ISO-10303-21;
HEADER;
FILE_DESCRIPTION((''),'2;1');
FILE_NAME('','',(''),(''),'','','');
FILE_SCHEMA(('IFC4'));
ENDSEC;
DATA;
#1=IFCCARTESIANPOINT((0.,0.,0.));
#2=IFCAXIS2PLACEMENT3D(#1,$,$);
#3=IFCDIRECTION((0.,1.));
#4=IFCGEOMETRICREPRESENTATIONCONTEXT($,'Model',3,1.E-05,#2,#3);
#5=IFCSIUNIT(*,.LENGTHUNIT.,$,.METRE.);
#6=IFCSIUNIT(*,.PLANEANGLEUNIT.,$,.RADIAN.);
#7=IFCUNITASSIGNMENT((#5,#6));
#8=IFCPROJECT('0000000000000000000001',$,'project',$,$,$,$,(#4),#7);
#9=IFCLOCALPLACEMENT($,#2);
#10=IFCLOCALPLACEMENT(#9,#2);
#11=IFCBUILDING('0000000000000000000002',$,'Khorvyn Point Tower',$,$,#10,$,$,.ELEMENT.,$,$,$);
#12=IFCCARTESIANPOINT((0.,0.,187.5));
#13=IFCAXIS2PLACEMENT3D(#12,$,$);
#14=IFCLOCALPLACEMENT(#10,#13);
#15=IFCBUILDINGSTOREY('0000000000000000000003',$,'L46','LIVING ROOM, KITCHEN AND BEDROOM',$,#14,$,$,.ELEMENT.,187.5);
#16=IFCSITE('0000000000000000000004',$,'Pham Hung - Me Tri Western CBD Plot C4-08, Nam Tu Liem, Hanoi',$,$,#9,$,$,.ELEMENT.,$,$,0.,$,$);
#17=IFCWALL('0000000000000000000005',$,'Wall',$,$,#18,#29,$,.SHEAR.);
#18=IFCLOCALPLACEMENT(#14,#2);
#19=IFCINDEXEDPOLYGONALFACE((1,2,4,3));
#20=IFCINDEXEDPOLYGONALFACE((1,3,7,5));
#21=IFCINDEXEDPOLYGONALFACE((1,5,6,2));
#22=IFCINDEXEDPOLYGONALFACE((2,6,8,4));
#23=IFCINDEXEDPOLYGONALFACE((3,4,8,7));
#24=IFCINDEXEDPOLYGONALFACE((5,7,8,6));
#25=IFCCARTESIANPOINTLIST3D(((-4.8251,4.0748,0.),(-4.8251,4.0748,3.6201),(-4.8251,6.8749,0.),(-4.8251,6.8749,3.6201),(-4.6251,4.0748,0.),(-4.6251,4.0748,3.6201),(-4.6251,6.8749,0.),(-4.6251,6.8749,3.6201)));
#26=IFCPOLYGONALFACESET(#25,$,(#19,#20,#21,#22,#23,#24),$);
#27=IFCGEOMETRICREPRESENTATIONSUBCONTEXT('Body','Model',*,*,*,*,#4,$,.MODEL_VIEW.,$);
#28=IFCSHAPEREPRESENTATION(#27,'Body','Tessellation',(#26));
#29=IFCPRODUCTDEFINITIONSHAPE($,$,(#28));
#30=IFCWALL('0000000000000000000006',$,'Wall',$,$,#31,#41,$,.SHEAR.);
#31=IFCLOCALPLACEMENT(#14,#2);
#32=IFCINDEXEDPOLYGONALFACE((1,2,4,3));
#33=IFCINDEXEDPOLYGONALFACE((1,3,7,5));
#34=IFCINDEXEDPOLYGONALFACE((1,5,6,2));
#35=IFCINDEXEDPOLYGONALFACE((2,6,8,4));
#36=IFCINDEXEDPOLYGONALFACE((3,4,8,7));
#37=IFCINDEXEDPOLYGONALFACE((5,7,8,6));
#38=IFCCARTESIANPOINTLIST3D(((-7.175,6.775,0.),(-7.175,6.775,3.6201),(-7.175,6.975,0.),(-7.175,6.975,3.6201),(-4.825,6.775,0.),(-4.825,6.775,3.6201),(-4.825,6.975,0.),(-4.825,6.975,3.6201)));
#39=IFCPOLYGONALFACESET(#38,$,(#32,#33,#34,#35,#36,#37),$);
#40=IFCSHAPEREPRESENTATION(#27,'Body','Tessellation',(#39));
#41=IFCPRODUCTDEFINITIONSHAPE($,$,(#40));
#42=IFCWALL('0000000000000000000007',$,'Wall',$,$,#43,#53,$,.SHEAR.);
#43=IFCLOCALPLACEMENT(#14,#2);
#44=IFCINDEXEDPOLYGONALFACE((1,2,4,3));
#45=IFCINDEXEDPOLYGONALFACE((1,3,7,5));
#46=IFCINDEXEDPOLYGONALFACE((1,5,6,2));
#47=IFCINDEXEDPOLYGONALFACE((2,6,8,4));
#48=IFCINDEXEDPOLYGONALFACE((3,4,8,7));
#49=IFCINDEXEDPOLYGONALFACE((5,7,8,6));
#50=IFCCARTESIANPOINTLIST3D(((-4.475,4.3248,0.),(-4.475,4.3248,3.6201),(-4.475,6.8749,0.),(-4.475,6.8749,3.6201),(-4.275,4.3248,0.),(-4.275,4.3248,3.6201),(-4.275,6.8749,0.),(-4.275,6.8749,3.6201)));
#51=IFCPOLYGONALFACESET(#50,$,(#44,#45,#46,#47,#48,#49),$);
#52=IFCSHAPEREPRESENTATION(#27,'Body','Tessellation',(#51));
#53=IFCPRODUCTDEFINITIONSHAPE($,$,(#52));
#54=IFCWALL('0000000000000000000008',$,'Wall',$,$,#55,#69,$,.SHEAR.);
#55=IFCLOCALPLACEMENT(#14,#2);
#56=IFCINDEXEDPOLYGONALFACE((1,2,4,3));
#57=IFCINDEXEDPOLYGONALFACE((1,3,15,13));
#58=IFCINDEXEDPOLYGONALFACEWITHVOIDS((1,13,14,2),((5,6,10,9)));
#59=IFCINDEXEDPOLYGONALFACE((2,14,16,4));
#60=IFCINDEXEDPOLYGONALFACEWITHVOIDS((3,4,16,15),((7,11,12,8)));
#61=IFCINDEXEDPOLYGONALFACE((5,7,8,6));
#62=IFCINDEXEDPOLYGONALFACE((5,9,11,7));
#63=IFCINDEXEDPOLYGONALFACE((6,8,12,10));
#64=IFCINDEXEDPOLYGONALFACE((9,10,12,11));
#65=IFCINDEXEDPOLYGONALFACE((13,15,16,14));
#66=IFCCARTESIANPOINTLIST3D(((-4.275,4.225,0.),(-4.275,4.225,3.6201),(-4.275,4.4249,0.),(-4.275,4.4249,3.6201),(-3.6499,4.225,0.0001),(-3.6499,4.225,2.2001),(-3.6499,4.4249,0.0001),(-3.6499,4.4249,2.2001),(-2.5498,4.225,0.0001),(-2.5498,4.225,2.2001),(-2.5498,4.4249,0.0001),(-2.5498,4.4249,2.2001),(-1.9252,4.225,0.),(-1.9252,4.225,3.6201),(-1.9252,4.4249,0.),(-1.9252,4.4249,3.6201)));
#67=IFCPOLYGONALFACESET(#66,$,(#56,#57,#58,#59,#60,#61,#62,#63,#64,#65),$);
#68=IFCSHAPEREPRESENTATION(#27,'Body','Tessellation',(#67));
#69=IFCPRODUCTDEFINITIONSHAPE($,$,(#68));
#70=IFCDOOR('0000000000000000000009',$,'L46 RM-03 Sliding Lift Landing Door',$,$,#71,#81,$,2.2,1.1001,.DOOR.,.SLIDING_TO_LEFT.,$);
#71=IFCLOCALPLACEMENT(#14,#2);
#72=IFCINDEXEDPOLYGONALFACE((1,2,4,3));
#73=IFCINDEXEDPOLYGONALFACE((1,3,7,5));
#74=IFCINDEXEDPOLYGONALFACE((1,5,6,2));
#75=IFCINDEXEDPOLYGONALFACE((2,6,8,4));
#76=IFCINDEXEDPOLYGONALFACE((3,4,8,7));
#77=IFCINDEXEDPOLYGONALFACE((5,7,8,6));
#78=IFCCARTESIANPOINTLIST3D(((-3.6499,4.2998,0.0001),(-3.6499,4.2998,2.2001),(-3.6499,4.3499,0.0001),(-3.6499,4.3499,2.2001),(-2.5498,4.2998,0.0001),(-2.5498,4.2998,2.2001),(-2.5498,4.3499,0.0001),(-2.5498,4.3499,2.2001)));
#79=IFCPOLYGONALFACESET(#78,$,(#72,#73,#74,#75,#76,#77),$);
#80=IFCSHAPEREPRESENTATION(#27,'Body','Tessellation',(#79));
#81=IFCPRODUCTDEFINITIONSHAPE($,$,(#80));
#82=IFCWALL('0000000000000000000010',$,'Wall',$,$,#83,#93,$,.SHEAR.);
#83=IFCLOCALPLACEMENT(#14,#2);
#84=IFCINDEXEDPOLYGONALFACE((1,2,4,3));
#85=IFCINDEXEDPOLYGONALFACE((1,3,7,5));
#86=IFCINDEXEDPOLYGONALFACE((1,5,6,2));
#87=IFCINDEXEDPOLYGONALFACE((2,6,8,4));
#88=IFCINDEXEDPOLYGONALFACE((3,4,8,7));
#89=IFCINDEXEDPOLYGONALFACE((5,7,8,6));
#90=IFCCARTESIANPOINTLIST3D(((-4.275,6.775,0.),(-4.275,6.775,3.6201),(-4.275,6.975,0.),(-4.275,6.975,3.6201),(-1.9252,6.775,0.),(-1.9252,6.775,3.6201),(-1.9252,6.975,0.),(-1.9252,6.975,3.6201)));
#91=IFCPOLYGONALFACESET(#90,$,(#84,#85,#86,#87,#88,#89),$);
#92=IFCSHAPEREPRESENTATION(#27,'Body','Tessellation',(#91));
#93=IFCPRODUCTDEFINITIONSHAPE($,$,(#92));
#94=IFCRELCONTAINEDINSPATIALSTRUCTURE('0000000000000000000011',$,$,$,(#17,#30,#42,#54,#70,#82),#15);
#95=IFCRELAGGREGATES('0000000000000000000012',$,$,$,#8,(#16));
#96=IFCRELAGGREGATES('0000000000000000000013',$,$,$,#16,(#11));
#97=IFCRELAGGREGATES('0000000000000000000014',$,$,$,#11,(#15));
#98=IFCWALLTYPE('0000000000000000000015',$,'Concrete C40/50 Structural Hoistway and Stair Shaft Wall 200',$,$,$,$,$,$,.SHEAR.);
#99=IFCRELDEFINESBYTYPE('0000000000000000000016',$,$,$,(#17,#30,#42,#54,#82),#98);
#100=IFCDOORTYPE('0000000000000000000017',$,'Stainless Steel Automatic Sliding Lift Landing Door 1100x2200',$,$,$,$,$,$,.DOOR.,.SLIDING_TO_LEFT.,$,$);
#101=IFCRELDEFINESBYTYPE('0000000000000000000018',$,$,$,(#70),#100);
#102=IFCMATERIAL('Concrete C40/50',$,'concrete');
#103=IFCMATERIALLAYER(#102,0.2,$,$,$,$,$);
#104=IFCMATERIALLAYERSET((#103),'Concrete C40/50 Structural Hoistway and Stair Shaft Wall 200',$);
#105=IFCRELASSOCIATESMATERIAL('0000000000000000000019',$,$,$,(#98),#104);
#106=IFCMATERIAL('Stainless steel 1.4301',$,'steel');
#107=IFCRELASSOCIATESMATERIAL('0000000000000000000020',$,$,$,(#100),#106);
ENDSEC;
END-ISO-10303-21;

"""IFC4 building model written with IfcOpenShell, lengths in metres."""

from ifc_helpers import new_model, si_unit, direction, frame, frame_2d, origin, place, context, subcontext, project, spatial, rectangle, extrude, material, layer, layer_set, type_object, element, fill, save


model = new_model("IFC4")

# Units and contexts
model_context = context("Model", 3, precision=1e-05, world=origin(), true_north=direction((0.0, 1.0)))
body_context = subcontext(model_context, "Body", "Model", "MODEL_VIEW")
ifc_project = project(units=[si_unit("LENGTHUNIT", "METRE"), si_unit("PLANEANGLEUNIT", "RADIAN")], contexts=[model_context])

# Site, building, storey
site_placement = place(None, origin())
site = spatial("IfcSite", under=ifc_project, at=site_placement, Name="Pham Hung - Me Tri Western CBD Plot C4-08, Nam Tu Liem, Hanoi", CompositionType="ELEMENT", RefElevation=0.0)
building_placement = place(site_placement, origin())
building = spatial("IfcBuilding", under=site, at=building_placement, Name="Khorvyn Point Tower", CompositionType="ELEMENT")
storey_placement = place(building_placement, frame((0.0, 0.0, 187.5)))
storey = spatial("IfcBuildingStorey", under=building, at=storey_placement, Name="L46", Description="LIVING ROOM, KITCHEN AND BEDROOM", CompositionType="ELEMENT", Elevation=187.5)

# Shared definitions
ifc_material_1 = material(Name="Concrete C40/50", Category="concrete")

# Shared definitions
ifc_layer_1 = layer(ifc_material_1, 0.2)
ifc_layer_set_1 = layer_set([ifc_layer_1], Name="Concrete C40/50 Structural Hoistway and Stair Shaft Wall 200")
wall_type_1 = type_object("IfcWallType", Name="Concrete C40/50 Structural Hoistway and Stair Shaft Wall 200", PredefinedType="SHEAR", material=ifc_layer_set_1)
ifc_material_2 = material(Name="Stainless steel 1.4301", Category="steel")
door_type_1 = type_object("IfcDoorType", Name="Stainless Steel Automatic Sliding Lift Landing Door 1100x2200", OperationType="SLIDING_TO_LEFT", PredefinedType="DOOR", material=ifc_material_2)

# Walls
wall_1_placement = place(storey_placement, frame((-4.7251, 4.075, 0.0), z_axis=(0.0, 0.0, 1.0), x_axis=(0.0, 1.0, 0.0)))
element("IfcWall", 1, at=wall_1_placement, inside=storey, type_object=wall_type_1, Name="Wall", PredefinedType="SHEAR", context=body_context, shape_type="SweptSolid", body=[
    extrude(rectangle(XDim=2.8, YDim=0.2, at=frame_2d((1.3999, 0.0))), origin(), (0.0, 0.0, 1.0), 3.6201),
])
wall_2_placement = place(storey_placement, frame((-7.175, 6.875, 0.0), z_axis=(0.0, 0.0, 1.0), x_axis=(1.0, 0.0, 0.0)))
element("IfcWall", 2, at=wall_2_placement, inside=storey, type_object=wall_type_1, Name="Wall", PredefinedType="SHEAR", context=body_context, shape_type="SweptSolid", body=[
    extrude(rectangle(XDim=2.3501, YDim=0.2, at=frame_2d((1.175, 0.0))), origin(), (0.0, 0.0, 1.0), 3.6201),
])
wall_3_placement = place(storey_placement, frame((-4.375, 4.325, 0.0), z_axis=(0.0, 0.0, 1.0), x_axis=(0.0, 1.0, 0.0)))
element("IfcWall", 3, at=wall_3_placement, inside=storey, type_object=wall_type_1, Name="Wall", PredefinedType="SHEAR", context=body_context, shape_type="SweptSolid", body=[
    extrude(rectangle(XDim=2.55, YDim=0.2, at=frame_2d((1.2749, 0.0))), origin(), (0.0, 0.0, 1.0), 3.6201),
])

# Wall, opening, door
wall_4_placement = place(storey_placement, frame((-4.2749, 4.325, 0.0), z_axis=(0.0, 0.0, 1.0), x_axis=(1.0, 0.0, 0.0)))
wall_4 = element("IfcWall", 4, at=wall_4_placement, inside=storey, type_object=wall_type_1, Name="Wall", PredefinedType="SHEAR", context=body_context, shape_type="SweptSolid", body=[
    extrude(rectangle(XDim=2.3499, YDim=0.2, at=frame_2d((1.1748, 0.0))), origin(), (0.0, 0.0, 1.0), 3.6201),
])
opening_1_placement = place(wall_4_placement, frame((0.625, 0.0, 0.0)))
opening_1 = element("IfcOpeningElement", 5, at=opening_1_placement, cuts=wall_4, PredefinedType="OPENING", context=body_context, shape_type="SweptSolid", body=[
    extrude(rectangle(XDim=1.1001, YDim=2.2, at=frame_2d((0.55, 1.1001))), frame((0.0, 0.1099, 0.0), z_axis=(0.0, -1.0, 0.0), x_axis=(1.0, 0.0, 0.0)), (0.0, 0.0, 1.0), 0.22),
])
door_1_placement = place(opening_1_placement, origin())
door_1 = element("IfcDoor", 6, at=door_1_placement, inside=storey, type_object=door_type_1, Name="L46 RM-03 Sliding Lift Landing Door", OperationType="SLIDING_TO_LEFT", OverallHeight=2.2, OverallWidth=1.1001, PredefinedType="DOOR", context=body_context, shape_type="SweptSolid", body=[
    extrude(rectangle(XDim=1.1001, YDim=2.2, at=frame_2d((0.55, 1.1001))), frame((0.0, 0.0249, 0.0), z_axis=(0.0, -1.0, 0.0), x_axis=(1.0, 0.0, 0.0)), (0.0, 0.0, 1.0), 0.05),
])
fill(opening_1, door_1)

# Wall
wall_5_placement = place(storey_placement, frame((-4.2749, 6.875, 0.0), z_axis=(0.0, 0.0, 1.0), x_axis=(1.0, 0.0, 0.0)))
element("IfcWall", 7, at=wall_5_placement, inside=storey, type_object=wall_type_1, Name="Wall", PredefinedType="SHEAR", context=body_context, shape_type="SweptSolid", body=[
    extrude(rectangle(XDim=2.3499, YDim=0.2, at=frame_2d((1.1748, 0.0))), origin(), (0.0, 0.0, 1.0), 3.6201),
])

save(model, "model.ifc")
